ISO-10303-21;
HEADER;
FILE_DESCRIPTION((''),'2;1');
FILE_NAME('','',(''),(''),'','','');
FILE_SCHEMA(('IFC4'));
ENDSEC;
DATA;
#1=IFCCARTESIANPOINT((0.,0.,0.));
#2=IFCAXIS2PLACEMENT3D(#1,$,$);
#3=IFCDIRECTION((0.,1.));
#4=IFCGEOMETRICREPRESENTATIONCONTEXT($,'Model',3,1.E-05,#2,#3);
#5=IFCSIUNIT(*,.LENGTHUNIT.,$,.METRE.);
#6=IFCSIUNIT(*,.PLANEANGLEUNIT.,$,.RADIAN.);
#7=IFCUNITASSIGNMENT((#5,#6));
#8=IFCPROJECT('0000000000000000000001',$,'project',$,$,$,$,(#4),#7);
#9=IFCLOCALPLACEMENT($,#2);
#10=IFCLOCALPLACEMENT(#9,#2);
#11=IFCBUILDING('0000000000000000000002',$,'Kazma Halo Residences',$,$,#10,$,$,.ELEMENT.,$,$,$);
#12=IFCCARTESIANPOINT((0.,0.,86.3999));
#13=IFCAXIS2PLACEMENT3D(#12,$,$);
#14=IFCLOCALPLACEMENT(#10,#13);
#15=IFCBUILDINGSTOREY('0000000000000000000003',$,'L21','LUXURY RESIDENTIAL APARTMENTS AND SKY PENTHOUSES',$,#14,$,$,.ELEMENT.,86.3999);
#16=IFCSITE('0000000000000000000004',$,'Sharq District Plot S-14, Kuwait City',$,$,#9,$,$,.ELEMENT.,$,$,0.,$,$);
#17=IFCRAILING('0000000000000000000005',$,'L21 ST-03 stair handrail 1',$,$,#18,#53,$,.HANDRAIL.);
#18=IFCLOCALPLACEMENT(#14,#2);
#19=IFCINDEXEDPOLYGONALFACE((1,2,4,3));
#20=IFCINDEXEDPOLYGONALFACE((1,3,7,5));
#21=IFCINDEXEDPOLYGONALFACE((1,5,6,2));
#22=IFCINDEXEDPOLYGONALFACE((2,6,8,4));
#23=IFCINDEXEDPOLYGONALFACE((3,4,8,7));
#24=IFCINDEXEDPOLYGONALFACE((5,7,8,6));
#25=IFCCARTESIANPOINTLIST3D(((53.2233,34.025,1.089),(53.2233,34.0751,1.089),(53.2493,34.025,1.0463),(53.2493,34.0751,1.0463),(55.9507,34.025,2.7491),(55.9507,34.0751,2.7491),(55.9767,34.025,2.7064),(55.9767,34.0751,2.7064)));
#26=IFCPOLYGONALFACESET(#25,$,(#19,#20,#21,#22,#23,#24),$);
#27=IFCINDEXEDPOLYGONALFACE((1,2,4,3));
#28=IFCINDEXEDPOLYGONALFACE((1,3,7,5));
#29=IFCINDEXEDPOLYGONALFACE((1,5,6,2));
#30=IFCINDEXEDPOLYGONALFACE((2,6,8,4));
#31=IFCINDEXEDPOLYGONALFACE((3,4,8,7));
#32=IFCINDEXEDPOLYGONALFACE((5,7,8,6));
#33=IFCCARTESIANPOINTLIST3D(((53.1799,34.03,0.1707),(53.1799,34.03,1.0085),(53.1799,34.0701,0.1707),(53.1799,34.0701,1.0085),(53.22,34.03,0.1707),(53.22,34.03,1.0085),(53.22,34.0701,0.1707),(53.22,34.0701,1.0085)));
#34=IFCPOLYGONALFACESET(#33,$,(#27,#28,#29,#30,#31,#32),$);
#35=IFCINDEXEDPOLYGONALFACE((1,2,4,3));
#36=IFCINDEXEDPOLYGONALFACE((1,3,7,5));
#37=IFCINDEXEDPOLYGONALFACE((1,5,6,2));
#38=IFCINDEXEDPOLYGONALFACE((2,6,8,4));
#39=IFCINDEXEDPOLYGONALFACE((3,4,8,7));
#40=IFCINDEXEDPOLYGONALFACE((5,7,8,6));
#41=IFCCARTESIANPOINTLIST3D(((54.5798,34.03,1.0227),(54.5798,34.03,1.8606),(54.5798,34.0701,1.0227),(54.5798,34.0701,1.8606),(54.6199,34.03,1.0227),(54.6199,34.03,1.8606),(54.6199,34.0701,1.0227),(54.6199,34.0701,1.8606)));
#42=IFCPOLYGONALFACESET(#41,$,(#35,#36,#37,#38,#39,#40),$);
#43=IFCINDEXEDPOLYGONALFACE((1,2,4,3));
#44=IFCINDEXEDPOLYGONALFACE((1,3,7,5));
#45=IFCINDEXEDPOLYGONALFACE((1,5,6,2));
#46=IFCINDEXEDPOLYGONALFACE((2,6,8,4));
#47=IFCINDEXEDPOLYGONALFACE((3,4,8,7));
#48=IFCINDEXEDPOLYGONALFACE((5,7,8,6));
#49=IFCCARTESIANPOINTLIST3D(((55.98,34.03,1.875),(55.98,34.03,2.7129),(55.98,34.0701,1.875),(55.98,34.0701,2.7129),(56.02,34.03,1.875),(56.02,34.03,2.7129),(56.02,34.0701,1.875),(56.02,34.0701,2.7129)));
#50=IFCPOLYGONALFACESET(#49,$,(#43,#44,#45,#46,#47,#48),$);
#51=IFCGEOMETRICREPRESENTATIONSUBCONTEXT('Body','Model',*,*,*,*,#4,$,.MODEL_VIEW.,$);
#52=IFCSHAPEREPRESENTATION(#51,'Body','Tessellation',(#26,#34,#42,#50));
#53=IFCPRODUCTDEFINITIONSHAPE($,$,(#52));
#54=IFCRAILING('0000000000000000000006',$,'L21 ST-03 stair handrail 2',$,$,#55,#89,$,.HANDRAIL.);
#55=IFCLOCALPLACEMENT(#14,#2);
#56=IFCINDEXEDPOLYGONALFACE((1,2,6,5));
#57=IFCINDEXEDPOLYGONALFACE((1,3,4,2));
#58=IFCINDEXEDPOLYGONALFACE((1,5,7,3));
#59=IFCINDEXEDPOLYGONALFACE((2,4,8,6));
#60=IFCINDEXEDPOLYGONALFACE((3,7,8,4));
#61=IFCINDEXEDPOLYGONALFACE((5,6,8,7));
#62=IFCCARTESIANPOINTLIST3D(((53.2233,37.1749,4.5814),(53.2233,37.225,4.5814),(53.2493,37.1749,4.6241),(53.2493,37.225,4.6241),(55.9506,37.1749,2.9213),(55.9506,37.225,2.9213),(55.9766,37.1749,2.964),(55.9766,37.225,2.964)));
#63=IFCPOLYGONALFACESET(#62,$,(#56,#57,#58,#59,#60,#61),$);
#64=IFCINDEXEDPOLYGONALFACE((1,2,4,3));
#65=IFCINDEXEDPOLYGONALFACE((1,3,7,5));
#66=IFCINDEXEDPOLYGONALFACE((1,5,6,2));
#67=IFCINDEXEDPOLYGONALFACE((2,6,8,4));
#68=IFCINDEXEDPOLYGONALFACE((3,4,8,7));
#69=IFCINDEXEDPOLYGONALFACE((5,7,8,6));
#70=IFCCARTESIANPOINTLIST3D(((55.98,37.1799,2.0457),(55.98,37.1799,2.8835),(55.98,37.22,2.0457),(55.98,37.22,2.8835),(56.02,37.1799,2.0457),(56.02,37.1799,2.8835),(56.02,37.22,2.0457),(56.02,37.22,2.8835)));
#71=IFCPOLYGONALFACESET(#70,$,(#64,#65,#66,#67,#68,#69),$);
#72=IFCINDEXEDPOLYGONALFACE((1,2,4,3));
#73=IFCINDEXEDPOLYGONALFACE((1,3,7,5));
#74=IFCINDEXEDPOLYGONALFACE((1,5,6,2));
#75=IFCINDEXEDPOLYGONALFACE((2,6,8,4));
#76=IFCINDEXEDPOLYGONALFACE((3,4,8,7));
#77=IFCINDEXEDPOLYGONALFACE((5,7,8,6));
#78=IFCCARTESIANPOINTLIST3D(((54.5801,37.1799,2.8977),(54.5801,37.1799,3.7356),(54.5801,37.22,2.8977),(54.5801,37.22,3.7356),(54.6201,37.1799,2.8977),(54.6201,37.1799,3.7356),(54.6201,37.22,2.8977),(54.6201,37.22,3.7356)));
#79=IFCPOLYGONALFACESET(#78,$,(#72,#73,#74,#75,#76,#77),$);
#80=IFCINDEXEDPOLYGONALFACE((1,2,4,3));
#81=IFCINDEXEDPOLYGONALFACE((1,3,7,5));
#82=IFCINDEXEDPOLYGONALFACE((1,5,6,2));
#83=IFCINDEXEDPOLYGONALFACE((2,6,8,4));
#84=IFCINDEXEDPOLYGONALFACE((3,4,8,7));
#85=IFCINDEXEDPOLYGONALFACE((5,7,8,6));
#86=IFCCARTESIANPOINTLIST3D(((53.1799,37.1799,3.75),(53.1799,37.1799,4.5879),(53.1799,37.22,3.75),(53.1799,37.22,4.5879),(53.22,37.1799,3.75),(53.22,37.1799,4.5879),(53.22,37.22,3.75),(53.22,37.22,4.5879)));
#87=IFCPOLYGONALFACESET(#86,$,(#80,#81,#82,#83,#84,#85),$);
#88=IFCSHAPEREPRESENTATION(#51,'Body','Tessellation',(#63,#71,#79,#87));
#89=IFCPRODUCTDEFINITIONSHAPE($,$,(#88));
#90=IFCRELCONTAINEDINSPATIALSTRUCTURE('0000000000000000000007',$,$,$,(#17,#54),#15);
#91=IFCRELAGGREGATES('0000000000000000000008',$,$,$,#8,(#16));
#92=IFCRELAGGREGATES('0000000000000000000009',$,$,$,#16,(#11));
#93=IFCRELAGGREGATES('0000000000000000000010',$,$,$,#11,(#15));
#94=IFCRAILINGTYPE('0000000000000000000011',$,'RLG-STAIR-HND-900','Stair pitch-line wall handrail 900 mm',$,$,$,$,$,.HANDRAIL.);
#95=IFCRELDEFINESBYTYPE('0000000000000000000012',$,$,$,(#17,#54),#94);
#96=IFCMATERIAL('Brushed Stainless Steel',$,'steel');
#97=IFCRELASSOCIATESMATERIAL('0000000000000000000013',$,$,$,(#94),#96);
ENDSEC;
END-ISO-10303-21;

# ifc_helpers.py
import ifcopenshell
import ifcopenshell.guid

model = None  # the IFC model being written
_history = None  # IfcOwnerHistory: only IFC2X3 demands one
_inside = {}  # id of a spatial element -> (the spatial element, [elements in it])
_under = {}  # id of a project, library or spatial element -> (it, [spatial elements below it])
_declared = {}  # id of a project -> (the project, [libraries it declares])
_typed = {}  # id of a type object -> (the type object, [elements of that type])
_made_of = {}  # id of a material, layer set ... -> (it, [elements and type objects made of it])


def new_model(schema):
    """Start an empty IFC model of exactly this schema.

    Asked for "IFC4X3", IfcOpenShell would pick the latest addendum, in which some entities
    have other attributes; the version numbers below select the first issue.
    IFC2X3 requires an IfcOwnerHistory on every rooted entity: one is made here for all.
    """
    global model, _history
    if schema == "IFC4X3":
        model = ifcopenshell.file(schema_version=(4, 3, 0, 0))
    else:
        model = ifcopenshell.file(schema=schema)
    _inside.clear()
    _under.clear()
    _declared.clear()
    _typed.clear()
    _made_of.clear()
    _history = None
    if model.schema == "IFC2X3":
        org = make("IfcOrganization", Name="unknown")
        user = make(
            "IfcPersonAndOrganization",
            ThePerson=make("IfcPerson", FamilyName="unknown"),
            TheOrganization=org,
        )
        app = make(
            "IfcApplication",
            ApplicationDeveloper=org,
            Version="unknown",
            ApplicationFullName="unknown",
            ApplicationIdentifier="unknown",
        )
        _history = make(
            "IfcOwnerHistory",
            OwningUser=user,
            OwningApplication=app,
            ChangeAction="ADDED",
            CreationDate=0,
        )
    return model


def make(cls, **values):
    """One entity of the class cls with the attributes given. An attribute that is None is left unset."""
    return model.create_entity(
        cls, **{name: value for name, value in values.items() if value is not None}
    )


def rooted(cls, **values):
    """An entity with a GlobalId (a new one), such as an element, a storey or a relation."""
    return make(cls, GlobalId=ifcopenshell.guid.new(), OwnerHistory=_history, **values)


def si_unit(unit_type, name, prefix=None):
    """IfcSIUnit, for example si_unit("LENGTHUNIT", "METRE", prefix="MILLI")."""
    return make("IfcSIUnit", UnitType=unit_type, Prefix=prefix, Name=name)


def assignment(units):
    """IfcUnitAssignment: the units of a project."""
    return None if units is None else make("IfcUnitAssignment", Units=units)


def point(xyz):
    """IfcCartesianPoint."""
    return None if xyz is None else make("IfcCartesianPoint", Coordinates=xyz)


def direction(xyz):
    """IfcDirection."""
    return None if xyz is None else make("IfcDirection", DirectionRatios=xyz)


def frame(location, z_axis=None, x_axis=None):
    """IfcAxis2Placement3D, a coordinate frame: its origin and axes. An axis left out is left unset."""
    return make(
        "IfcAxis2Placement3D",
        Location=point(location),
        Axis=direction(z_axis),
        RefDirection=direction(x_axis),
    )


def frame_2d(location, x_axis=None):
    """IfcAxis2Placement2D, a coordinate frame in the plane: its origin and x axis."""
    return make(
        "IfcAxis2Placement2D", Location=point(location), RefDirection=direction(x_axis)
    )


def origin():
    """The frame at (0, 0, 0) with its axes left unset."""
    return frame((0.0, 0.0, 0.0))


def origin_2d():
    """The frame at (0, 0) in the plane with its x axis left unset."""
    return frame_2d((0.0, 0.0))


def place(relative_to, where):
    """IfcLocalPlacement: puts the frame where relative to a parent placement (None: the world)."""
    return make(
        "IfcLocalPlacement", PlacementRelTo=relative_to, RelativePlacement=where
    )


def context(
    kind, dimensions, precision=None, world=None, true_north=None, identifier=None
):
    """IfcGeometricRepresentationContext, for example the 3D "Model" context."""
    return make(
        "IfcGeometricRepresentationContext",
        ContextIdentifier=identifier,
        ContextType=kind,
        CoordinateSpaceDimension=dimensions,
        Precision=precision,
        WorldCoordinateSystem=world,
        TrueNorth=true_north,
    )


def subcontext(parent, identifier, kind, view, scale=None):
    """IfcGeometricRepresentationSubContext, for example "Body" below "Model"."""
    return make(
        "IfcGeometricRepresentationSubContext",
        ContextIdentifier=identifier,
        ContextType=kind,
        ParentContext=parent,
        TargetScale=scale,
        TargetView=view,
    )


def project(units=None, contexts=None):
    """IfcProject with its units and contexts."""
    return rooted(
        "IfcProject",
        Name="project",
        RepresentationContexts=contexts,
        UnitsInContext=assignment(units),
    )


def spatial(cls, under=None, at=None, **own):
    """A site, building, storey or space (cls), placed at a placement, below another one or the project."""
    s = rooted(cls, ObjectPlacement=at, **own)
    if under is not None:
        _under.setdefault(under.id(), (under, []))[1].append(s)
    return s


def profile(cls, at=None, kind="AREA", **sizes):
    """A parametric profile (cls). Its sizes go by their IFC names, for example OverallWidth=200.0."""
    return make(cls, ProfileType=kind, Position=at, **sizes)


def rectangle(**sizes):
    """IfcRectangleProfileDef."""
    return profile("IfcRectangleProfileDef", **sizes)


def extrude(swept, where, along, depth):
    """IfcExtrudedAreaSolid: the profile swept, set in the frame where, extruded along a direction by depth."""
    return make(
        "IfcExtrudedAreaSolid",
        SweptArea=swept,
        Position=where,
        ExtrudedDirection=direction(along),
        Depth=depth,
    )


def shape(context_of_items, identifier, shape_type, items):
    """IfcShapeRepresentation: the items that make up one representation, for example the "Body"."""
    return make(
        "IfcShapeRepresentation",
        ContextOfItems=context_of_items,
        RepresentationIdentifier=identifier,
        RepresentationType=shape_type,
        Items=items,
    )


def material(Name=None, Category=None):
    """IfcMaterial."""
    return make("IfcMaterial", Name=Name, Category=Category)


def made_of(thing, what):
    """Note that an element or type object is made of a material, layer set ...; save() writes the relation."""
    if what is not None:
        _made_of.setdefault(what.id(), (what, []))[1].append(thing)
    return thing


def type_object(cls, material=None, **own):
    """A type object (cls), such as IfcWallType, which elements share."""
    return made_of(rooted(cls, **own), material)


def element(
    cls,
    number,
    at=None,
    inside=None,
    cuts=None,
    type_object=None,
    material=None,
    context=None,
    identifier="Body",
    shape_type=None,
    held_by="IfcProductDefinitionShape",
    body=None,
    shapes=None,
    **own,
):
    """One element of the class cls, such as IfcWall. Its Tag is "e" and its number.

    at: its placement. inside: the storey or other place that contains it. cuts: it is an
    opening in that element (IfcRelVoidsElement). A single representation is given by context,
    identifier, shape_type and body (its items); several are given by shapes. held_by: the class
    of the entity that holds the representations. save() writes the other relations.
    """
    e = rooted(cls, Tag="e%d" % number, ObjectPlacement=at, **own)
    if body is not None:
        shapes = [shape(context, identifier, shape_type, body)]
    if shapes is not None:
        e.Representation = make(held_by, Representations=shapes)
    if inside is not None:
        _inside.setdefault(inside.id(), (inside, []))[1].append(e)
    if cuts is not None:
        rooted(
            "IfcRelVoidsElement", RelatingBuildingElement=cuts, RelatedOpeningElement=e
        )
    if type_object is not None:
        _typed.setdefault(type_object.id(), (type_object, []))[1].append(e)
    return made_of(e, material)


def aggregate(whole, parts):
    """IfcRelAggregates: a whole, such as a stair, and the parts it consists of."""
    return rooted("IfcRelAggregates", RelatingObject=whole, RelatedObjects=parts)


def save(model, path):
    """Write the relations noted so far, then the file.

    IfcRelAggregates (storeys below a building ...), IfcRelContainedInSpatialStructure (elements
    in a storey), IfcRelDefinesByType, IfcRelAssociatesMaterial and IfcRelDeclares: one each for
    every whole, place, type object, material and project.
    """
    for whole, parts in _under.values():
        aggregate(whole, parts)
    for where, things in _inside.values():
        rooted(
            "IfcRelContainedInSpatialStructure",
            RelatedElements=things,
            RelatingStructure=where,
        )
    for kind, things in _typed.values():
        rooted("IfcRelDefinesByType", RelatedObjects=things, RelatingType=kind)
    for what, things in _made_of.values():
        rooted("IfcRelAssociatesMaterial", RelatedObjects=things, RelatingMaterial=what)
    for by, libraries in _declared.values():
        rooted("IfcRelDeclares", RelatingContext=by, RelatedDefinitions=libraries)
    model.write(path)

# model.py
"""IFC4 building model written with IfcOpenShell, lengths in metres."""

from ifc_helpers import new_model, si_unit, direction, frame, origin, origin_2d, place, context, subcontext, project, spatial, rectangle, extrude, material, type_object, element, save


model = new_model("IFC4")

# Units and contexts
model_context = context("Model", 3, precision=1e-05, world=origin(), true_north=direction((0.0, 1.0)))
body_context = subcontext(model_context, "Body", "Model", "MODEL_VIEW")
ifc_project = project(units=[si_unit("LENGTHUNIT", "METRE"), si_unit("PLANEANGLEUNIT", "RADIAN")], contexts=[model_context])

# Site, building, storey
site_placement = place(None, origin())
site = spatial("IfcSite", under=ifc_project, at=site_placement, Name="Sharq District Plot S-14, Kuwait City", CompositionType="ELEMENT", RefElevation=0.0)
building_placement = place(site_placement, origin())
building = spatial("IfcBuilding", under=site, at=building_placement, Name="Kazma Halo Residences", CompositionType="ELEMENT")
storey_placement = place(building_placement, frame((0.0, 0.0, 86.3999)))
storey = spatial("IfcBuildingStorey", under=building, at=storey_placement, Name="L21", Description="LUXURY RESIDENTIAL APARTMENTS AND SKY PENTHOUSES", CompositionType="ELEMENT", Elevation=86.3999)

# Railings
ifc_material_1 = material(Name="Brushed Stainless Steel", Category="steel")
railing_type_1 = type_object("IfcRailingType", Name="RLG-STAIR-HND-900", Description="Stair pitch-line wall handrail 900 mm", PredefinedType="HANDRAIL", material=ifc_material_1)
railing_1_placement = place(storey_placement, frame((53.2, 34.05, 0.1707)))
element("IfcRailing", 1, at=railing_1_placement, inside=storey, type_object=railing_type_1, Name="L21 ST-03 stair handrail 1", PredefinedType="HANDRAIL", context=body_context, shape_type="SweptSolid", body=[
    extrude(rectangle(XDim=0.05, YDim=0.05, at=origin_2d()), frame((0.0364, 0.0, 0.897), z_axis=(0.854203, 0.0, 0.51994), x_axis=(0.0, 1.0, 0.0)), (0.0, 0.0, 1.0), 3.1929),
    extrude(rectangle(XDim=0.04, YDim=0.04, at=origin_2d()), origin(), (0.0, 0.0, 1.0), 0.8379),
    extrude(rectangle(XDim=0.04, YDim=0.04, at=origin_2d()), frame((1.3999, 0.0, 0.8521)), (0.0, 0.0, 1.0), 0.8379),
    extrude(rectangle(XDim=0.04, YDim=0.04, at=origin_2d()), frame((2.8, 0.0, 1.7043)), (0.0, 0.0, 1.0), 0.8379),
])
railing_2_placement = place(storey_placement, frame((56.0, 37.2, 2.0457)))
element("IfcRailing", 2, at=railing_2_placement, inside=storey, type_object=railing_type_1, Name="L21 ST-03 stair handrail 2", PredefinedType="HANDRAIL", context=body_context, shape_type="SweptSolid", body=[
    extrude(rectangle(XDim=0.05, YDim=0.05, at=origin_2d()), frame((-0.0364, 0.0, 0.897), z_axis=(-0.854203, 0.0, 0.51994), x_axis=(0.0, -1.0, 0.0)), (0.0, 0.0, 1.0), 3.1929),
    extrude(rectangle(XDim=0.04, YDim=0.04, at=origin_2d()), origin(), (0.0, 0.0, 1.0), 0.8379),
    extrude(rectangle(XDim=0.04, YDim=0.04, at=origin_2d()), frame((-1.3999, 0.0, 0.8521)), (0.0, 0.0, 1.0), 0.8379),
    extrude(rectangle(XDim=0.04, YDim=0.04, at=origin_2d()), frame((-2.8, 0.0, 1.7043)), (0.0, 0.0, 1.0), 0.8379),
])

save(model, "model.ifc")
